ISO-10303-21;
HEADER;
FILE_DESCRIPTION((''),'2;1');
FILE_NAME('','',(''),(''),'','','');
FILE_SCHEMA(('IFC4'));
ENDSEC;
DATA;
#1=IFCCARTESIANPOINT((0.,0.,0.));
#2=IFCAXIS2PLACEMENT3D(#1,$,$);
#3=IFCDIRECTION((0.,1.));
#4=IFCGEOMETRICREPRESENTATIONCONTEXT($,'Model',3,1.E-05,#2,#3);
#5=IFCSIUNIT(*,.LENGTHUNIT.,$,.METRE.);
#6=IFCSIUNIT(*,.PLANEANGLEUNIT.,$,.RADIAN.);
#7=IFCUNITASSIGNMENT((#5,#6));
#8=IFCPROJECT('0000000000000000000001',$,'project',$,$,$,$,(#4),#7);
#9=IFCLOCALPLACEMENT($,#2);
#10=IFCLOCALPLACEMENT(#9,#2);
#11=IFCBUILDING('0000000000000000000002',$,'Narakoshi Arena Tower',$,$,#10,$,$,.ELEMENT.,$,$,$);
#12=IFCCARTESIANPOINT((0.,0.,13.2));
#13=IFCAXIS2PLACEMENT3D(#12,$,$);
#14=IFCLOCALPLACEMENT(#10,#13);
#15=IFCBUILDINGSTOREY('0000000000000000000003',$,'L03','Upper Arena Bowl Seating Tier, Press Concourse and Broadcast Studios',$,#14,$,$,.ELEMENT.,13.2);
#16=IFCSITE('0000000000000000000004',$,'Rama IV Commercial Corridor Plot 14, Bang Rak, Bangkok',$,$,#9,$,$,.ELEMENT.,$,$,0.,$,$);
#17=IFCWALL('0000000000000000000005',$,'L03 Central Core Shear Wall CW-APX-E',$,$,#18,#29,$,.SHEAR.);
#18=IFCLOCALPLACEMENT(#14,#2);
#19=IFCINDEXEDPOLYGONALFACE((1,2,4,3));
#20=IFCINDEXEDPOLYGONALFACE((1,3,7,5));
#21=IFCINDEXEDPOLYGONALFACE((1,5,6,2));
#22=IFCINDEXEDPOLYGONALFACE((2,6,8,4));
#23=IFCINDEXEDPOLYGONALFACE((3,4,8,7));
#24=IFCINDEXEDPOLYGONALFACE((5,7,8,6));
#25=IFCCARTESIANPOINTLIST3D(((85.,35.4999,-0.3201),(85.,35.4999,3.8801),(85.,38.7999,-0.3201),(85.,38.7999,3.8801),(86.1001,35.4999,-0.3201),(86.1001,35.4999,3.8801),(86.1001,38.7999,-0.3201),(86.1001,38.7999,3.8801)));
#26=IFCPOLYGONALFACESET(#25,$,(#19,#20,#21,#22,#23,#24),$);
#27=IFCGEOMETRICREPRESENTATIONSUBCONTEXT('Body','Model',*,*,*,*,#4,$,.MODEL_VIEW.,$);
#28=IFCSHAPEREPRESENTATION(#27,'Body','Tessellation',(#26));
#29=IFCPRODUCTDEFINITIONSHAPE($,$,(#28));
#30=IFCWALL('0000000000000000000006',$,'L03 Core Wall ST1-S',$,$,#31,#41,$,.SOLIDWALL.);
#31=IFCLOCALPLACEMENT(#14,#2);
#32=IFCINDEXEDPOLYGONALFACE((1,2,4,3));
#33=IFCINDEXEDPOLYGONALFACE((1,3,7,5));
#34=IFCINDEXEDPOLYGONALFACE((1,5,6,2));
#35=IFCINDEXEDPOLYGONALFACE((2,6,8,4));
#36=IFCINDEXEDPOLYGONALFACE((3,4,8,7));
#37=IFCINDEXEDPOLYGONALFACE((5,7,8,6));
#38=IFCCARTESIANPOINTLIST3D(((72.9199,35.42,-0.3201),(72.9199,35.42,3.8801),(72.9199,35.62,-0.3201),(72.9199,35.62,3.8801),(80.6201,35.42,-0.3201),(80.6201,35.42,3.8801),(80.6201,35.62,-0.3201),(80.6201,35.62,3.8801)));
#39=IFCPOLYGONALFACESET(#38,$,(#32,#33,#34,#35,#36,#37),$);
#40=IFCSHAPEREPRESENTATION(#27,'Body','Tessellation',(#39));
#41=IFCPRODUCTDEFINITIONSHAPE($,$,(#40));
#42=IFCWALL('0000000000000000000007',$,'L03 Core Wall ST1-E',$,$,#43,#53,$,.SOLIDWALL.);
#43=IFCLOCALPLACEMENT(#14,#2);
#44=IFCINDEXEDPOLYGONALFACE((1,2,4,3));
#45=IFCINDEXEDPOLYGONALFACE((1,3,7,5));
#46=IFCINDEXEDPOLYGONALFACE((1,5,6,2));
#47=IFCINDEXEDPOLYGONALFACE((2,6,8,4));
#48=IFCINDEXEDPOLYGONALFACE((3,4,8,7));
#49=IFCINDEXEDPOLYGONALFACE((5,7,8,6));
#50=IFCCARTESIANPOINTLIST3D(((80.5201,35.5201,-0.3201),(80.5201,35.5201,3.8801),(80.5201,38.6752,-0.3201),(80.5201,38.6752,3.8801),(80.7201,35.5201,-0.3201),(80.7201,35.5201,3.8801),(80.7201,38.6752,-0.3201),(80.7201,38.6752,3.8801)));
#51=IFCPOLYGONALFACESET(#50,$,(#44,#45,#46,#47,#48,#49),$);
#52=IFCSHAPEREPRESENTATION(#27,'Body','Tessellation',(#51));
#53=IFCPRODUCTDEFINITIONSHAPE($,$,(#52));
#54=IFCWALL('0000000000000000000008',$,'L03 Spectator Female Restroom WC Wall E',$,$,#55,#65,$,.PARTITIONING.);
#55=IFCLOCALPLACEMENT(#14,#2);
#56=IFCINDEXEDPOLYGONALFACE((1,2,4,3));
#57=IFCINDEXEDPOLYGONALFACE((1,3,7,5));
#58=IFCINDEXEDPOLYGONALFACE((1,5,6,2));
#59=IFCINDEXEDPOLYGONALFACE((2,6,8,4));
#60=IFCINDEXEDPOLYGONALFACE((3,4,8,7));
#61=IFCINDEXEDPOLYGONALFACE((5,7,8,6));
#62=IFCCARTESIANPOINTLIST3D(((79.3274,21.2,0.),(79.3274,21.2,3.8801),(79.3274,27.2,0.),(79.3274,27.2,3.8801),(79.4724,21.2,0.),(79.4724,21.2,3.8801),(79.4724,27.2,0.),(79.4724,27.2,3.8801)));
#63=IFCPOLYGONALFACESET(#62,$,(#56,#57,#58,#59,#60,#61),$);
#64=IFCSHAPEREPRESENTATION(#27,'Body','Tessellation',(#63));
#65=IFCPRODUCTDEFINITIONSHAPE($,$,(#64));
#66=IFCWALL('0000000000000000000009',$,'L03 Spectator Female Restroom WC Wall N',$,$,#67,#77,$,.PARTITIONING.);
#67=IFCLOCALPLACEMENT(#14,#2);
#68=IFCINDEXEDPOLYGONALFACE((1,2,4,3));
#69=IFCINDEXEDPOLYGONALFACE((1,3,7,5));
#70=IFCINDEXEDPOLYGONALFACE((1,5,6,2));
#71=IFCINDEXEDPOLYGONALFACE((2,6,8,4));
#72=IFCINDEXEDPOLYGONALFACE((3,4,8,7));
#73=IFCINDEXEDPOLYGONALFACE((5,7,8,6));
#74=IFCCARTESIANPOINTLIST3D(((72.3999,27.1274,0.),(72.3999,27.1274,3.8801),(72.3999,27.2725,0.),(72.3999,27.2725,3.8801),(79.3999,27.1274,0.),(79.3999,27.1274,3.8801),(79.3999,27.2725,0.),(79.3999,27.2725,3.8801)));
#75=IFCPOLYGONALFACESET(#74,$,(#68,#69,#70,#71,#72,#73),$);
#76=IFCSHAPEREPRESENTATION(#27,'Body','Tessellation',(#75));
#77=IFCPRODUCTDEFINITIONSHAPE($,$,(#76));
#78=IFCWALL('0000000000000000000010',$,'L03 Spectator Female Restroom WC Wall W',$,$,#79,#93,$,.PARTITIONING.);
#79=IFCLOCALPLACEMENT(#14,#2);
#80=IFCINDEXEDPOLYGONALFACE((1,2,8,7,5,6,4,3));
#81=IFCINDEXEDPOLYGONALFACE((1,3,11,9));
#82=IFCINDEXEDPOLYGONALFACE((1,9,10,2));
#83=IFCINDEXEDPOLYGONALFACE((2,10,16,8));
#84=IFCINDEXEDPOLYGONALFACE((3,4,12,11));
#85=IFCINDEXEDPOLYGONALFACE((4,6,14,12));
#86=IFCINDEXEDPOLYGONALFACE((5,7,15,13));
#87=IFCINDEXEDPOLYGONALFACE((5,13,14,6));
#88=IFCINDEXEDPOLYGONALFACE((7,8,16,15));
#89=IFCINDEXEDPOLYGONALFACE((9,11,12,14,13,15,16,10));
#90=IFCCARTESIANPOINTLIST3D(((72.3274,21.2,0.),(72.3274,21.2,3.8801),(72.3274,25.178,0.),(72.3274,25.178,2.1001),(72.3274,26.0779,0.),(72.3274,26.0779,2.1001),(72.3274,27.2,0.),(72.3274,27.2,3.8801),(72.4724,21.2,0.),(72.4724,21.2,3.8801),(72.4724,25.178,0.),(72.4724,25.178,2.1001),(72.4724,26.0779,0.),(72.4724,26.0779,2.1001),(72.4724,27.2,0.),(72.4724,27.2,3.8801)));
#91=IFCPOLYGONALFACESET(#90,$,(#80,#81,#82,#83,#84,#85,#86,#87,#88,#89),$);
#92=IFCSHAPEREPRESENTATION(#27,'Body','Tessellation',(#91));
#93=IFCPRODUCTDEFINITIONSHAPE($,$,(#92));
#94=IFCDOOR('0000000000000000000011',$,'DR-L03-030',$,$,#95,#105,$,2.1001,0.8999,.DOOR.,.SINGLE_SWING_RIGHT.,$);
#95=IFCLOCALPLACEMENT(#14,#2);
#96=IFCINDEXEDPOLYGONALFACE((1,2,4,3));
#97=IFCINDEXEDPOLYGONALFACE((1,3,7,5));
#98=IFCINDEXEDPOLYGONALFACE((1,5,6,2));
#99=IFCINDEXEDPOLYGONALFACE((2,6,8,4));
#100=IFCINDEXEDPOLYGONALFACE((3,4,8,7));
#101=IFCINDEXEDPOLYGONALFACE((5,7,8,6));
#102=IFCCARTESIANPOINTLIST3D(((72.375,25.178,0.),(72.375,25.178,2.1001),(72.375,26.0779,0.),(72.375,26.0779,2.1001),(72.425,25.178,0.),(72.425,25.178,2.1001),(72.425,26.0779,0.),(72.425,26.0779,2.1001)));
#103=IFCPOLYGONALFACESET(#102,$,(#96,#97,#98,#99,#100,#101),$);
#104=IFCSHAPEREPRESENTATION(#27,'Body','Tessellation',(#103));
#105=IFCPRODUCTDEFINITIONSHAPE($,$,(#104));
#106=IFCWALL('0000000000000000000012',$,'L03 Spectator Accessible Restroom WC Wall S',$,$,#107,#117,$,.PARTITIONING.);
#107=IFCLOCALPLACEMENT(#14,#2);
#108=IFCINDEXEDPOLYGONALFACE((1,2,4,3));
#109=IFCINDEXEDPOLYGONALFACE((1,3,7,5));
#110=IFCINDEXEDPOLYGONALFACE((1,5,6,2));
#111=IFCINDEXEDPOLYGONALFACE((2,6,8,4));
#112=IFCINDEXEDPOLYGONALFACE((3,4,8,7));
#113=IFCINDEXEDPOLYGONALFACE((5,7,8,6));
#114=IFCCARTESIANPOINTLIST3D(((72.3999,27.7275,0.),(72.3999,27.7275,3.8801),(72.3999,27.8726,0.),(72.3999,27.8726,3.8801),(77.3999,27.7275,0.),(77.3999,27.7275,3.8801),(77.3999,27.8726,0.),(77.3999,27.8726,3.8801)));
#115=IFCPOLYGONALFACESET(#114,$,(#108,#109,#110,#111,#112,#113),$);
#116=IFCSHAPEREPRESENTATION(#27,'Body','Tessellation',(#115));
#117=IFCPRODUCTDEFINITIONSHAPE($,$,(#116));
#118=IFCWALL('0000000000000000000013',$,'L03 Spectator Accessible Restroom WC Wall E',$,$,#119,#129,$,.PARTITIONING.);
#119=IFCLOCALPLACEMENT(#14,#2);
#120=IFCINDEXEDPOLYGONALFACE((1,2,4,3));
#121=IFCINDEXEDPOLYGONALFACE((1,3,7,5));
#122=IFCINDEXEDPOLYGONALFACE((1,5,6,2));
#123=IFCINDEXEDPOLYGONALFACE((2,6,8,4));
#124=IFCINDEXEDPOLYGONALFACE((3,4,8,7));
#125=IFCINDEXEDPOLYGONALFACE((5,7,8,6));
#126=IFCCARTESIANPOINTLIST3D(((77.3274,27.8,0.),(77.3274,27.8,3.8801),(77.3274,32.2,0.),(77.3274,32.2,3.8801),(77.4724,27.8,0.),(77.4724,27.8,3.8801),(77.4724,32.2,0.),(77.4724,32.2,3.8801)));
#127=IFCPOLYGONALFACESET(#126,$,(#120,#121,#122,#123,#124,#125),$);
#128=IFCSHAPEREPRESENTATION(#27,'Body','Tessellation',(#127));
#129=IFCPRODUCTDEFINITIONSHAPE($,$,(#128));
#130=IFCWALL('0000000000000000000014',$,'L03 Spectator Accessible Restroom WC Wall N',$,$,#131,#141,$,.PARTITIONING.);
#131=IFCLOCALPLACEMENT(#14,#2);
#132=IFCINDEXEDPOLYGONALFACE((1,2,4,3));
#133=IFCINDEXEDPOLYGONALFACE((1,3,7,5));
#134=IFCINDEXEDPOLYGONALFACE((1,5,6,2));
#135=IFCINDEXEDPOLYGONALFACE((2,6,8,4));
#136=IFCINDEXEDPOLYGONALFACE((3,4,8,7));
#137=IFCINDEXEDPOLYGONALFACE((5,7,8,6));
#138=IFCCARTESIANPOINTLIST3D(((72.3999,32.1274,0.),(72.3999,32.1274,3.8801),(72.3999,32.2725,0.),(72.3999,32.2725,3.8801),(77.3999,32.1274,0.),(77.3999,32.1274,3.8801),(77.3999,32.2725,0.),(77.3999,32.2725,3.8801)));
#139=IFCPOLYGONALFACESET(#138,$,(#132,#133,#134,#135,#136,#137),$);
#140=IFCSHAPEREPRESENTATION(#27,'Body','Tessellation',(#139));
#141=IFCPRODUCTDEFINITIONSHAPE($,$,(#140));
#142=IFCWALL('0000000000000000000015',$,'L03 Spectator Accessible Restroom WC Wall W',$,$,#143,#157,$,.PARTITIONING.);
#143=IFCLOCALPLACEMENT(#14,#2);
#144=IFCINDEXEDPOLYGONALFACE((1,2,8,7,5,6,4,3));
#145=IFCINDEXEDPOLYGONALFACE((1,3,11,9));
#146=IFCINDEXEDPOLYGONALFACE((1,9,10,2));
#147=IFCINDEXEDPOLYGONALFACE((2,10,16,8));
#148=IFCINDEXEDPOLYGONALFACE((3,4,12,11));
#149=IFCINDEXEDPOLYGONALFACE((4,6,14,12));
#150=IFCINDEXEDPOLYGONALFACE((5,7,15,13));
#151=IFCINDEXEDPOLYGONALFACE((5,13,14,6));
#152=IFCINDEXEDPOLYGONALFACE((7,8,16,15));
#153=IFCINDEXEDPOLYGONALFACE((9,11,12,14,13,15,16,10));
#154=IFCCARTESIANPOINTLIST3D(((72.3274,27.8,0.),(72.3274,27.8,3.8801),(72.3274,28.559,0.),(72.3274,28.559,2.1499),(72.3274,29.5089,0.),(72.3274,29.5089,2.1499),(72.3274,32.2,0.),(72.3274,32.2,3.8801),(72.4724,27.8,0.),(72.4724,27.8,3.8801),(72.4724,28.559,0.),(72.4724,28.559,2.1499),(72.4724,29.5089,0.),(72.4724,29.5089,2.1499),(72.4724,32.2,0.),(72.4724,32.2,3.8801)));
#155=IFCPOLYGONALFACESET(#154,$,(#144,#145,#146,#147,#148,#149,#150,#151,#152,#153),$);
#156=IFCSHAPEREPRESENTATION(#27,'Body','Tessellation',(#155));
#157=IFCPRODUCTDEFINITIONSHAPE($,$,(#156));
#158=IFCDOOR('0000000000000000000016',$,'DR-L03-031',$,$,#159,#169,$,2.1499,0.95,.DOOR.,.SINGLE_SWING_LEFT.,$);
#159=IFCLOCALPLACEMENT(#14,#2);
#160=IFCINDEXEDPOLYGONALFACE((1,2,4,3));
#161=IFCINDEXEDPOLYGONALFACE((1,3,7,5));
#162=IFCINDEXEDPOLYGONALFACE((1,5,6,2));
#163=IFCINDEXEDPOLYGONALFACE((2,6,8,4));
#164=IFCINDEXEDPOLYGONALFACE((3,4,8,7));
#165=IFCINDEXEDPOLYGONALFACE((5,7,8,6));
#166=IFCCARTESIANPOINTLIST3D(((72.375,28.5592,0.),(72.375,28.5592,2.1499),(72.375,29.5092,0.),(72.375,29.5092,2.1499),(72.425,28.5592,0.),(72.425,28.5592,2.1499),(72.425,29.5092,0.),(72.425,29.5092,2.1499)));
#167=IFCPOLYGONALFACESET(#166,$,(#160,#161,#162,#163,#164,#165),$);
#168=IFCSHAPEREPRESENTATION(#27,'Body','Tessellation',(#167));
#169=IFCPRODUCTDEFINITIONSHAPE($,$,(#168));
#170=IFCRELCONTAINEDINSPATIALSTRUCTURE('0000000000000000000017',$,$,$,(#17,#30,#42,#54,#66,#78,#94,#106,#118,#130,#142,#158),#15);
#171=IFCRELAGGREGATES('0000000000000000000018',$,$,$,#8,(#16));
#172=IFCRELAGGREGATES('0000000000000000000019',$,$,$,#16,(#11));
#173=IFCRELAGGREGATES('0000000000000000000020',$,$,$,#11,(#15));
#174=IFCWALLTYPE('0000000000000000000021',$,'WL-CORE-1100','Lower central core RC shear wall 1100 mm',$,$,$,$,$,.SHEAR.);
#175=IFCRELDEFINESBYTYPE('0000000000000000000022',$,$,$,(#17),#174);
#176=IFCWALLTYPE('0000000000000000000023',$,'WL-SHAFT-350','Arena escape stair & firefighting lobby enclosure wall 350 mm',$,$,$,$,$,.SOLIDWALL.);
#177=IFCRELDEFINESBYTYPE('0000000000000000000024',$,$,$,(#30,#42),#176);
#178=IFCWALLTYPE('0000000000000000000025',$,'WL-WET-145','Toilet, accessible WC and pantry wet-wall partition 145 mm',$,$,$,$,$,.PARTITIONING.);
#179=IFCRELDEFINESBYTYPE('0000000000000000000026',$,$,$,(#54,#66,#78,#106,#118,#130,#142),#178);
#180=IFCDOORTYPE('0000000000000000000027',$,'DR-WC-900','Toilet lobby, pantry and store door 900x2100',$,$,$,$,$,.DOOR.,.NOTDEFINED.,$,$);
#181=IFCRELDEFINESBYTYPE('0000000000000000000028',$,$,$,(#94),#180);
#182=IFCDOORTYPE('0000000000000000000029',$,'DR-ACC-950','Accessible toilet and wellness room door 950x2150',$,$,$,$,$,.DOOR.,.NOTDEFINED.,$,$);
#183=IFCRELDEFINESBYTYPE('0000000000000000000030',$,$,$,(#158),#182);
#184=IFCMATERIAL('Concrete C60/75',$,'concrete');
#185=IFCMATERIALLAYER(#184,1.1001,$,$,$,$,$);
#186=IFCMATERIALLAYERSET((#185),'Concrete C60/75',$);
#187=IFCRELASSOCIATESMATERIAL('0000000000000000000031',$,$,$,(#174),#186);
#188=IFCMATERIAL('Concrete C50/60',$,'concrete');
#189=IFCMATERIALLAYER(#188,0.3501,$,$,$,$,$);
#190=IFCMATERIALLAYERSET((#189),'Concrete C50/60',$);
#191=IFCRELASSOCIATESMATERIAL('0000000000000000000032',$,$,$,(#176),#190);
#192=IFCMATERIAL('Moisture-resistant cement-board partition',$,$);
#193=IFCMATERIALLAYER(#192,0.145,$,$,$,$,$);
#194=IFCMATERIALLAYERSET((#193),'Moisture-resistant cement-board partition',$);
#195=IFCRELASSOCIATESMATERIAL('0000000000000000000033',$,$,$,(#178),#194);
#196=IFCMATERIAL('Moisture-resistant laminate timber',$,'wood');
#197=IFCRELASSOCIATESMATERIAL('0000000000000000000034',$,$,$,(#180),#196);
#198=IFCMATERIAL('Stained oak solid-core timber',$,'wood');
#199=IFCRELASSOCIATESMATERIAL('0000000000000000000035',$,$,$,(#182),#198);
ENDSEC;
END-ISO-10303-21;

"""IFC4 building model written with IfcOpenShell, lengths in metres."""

from ifc_helpers import new_model, si_unit, direction, frame, frame_2d, origin, place, context, subcontext, project, spatial, rectangle, extrude, material, layer, layer_set, type_object, element, fill, save


model = new_model("IFC4")

# Units and contexts
model_context = context("Model", 3, precision=1e-05, world=origin(), true_north=direction((0.0, 1.0)))
body_context = subcontext(model_context, "Body", "Model", "MODEL_VIEW")
ifc_project = project(units=[si_unit("LENGTHUNIT", "METRE"), si_unit("PLANEANGLEUNIT", "RADIAN")], contexts=[model_context])

# Site, building, storey
site_placement = place(None, origin())
site = spatial("IfcSite", under=ifc_project, at=site_placement, Name="Rama IV Commercial Corridor Plot 14, Bang Rak, Bangkok", CompositionType="ELEMENT", RefElevation=0.0)
building_placement = place(site_placement, origin())
building = spatial("IfcBuilding", under=site, at=building_placement, Name="Narakoshi Arena Tower", CompositionType="ELEMENT")
storey_placement = place(building_placement, frame((0.0, 0.0, 13.2)))
storey = spatial("IfcBuildingStorey", under=building, at=storey_placement, Name="L03", Description="Upper Arena Bowl Seating Tier, Press Concourse and Broadcast Studios", CompositionType="ELEMENT", Elevation=13.2)

# Shared definitions
ifc_material_1 = material(Name="Concrete C60/75", Category="concrete")

# Shared definitions
ifc_layer_1 = layer(ifc_material_1, 1.1001)
ifc_layer_set_1 = layer_set([ifc_layer_1], Name="Concrete C60/75")
wall_type_1 = type_object("IfcWallType", Name="WL-CORE-1100", Description="Lower central core RC shear wall 1100 mm", PredefinedType="SHEAR", material=ifc_layer_set_1)

# Walls
wall_1_placement = place(storey_placement, frame((85.55, 35.5, -0.3201), z_axis=(0.0, 0.0, 1.0), x_axis=(0.0, 1.0, 0.0)))
element("IfcWall", 1, at=wall_1_placement, inside=storey, type_object=wall_type_1, Name="L03 Central Core Shear Wall CW-APX-E", PredefinedType="SHEAR", context=body_context, shape_type="SweptSolid", body=[
    extrude(rectangle(XDim=3.3, YDim=1.1001, at=frame_2d((1.6499, 0.0))), origin(), (0.0, 0.0, 1.0), 4.2002),
])
ifc_material_2 = material(Name="Concrete C50/60", Category="concrete")
ifc_layer_2 = layer(ifc_material_2, 0.3501)
ifc_layer_set_2 = layer_set([ifc_layer_2], Name="Concrete C50/60")
wall_type_2 = type_object("IfcWallType", Name="WL-SHAFT-350", Description="Arena escape stair & firefighting lobby enclosure wall 350 mm", PredefinedType="SOLIDWALL", material=ifc_layer_set_2)
wall_2_placement = place(storey_placement, frame((72.9199, 35.52, -0.3201), z_axis=(0.0, 0.0, 1.0), x_axis=(1.0, 0.0, 0.0)))
element("IfcWall", 2, at=wall_2_placement, inside=storey, type_object=wall_type_2, Name="L03 Core Wall ST1-S", PredefinedType="SOLIDWALL", context=body_context, shape_type="SweptSolid", body=[
    extrude(rectangle(XDim=7.7002, YDim=0.2, at=frame_2d((3.8501, 0.0))), origin(), (0.0, 0.0, 1.0), 4.2002),
])
wall_3_placement = place(storey_placement, frame((80.6201, 35.52, -0.3201), z_axis=(0.0, 0.0, 1.0), x_axis=(0.0, 1.0, 0.0)))
element("IfcWall", 3, at=wall_3_placement, inside=storey, type_object=wall_type_2, Name="L03 Core Wall ST1-E", PredefinedType="SOLIDWALL", context=body_context, shape_type="SweptSolid", body=[
    extrude(rectangle(XDim=3.155, YDim=0.2, at=frame_2d((1.5776, 0.0))), origin(), (0.0, 0.0, 1.0), 4.2002),
])
ifc_material_3 = material(Name="Moisture-resistant cement-board partition")
ifc_layer_3 = layer(ifc_material_3, 0.145)
ifc_layer_set_3 = layer_set([ifc_layer_3], Name="Moisture-resistant cement-board partition")
wall_type_3 = type_object("IfcWallType", Name="WL-WET-145", Description="Toilet, accessible WC and pantry wet-wall partition 145 mm", PredefinedType="PARTITIONING", material=ifc_layer_set_3)
wall_4_placement = place(storey_placement, frame((79.3999, 21.2, 0.0), z_axis=(0.0, 0.0, 1.0), x_axis=(0.0, 1.0, 0.0)))
element("IfcWall", 4, at=wall_4_placement, inside=storey, type_object=wall_type_3, Name="L03 Spectator Female Restroom WC Wall E", PredefinedType="PARTITIONING", context=body_context, shape_type="SweptSolid", body=[
    extrude(rectangle(XDim=6.0, YDim=0.145, at=frame_2d((3.0, 0.0))), origin(), (0.0, 0.0, 1.0), 3.8801),
])
wall_5_placement = place(storey_placement, frame((79.3999, 27.2, 0.0), z_axis=(0.0, 0.0, 1.0), x_axis=(-1.0, 0.0, 0.0)))
element("IfcWall", 5, at=wall_5_placement, inside=storey, type_object=wall_type_3, Name="L03 Spectator Female Restroom WC Wall N", PredefinedType="PARTITIONING", context=body_context, shape_type="SweptSolid", body=[
    extrude(rectangle(XDim=7.0, YDim=0.145, at=frame_2d((3.5, 0.0))), origin(), (0.0, 0.0, 1.0), 3.8801),
])

# Wall, opening, door
wall_6_placement = place(storey_placement, frame((72.3999, 27.2, 0.0), z_axis=(0.0, 0.0, 1.0), x_axis=(0.0, -1.0, 0.0)))
wall_6 = element("IfcWall", 6, at=wall_6_placement, inside=storey, type_object=wall_type_3, Name="L03 Spectator Female Restroom WC Wall W", PredefinedType="PARTITIONING", context=body_context, shape_type="SweptSolid", body=[
    extrude(rectangle(XDim=6.0, YDim=0.145, at=frame_2d((3.0, 0.0))), origin(), (0.0, 0.0, 1.0), 3.8801),
])
opening_1_placement = place(wall_6_placement, frame((1.1221, 0.0, 0.0)))
opening_1 = element("IfcOpeningElement", 7, at=opening_1_placement, cuts=wall_6, PredefinedType="OPENING", context=body_context, shape_type="SweptSolid", body=[
    extrude(rectangle(XDim=0.8999, YDim=2.1001, at=frame_2d((0.45, 1.05))), frame((0.0, 0.0825, 0.0), z_axis=(0.0, -1.0, 0.0), x_axis=(1.0, 0.0, 0.0)), (0.0, 0.0, 1.0), 0.165),
])
ifc_material_4 = material(Name="Moisture-resistant laminate timber", Category="wood")
door_type_1 = type_object("IfcDoorType", Name="DR-WC-900", Description="Toilet lobby, pantry and store door 900x2100", OperationType="NOTDEFINED", PredefinedType="DOOR", material=ifc_material_4)
door_1_placement = place(opening_1_placement, frame((0.8999, 0.0, 0.0), z_axis=(0.0, 0.0, 1.0), x_axis=(-1.0, 0.0, 0.0)))
door_1 = element("IfcDoor", 8, at=door_1_placement, inside=storey, type_object=door_type_1, Name="DR-L03-030", OperationType="SINGLE_SWING_RIGHT", OverallHeight=2.1001, OverallWidth=0.8999, PredefinedType="DOOR", context=body_context, shape_type="SweptSolid", body=[
    extrude(rectangle(XDim=0.8999, YDim=2.1001, at=frame_2d((0.45, 1.05))), frame((0.0, 0.0249, 0.0), z_axis=(0.0, -1.0, 0.0), x_axis=(1.0, 0.0, 0.0)), (0.0, 0.0, 1.0), 0.05),
])
fill(opening_1, door_1)

# Walls
wall_7_placement = place(storey_placement, frame((72.3999, 27.8, 0.0), z_axis=(0.0, 0.0, 1.0), x_axis=(1.0, 0.0, 0.0)))
element("IfcWall", 9, at=wall_7_placement, inside=storey, type_object=wall_type_3, Name="L03 Spectator Accessible Restroom WC Wall S", PredefinedType="PARTITIONING", context=body_context, shape_type="SweptSolid", body=[
    extrude(rectangle(XDim=5.0, YDim=0.145, at=frame_2d((2.5, 0.0))), origin(), (0.0, 0.0, 1.0), 3.8801),
])
wall_8_placement = place(storey_placement, frame((77.3999, 27.8, 0.0), z_axis=(0.0, 0.0, 1.0), x_axis=(0.0, 1.0, 0.0)))
element("IfcWall", 10, at=wall_8_placement, inside=storey, type_object=wall_type_3, Name="L03 Spectator Accessible Restroom WC Wall E", PredefinedType="PARTITIONING", context=body_context, shape_type="SweptSolid", body=[
    extrude(rectangle(XDim=4.3999, YDim=0.145, at=frame_2d((2.2, 0.0))), origin(), (0.0, 0.0, 1.0), 3.8801),
])
wall_9_placement = place(storey_placement, frame((77.3999, 32.2, 0.0), z_axis=(0.0, 0.0, 1.0), x_axis=(-1.0, 0.0, 0.0)))
element("IfcWall", 11, at=wall_9_placement, inside=storey, type_object=wall_type_3, Name="L03 Spectator Accessible Restroom WC Wall N", PredefinedType="PARTITIONING", context=body_context, shape_type="SweptSolid", body=[
    extrude(rectangle(XDim=5.0, YDim=0.145, at=frame_2d((2.5, 0.0))), origin(), (0.0, 0.0, 1.0), 3.8801),
])

# Wall, opening, door
wall_10_placement = place(storey_placement, frame((72.3999, 32.2, 0.0), z_axis=(0.0, 0.0, 1.0), x_axis=(0.0, -1.0, 0.0)))
wall_10 = element("IfcWall", 12, at=wall_10_placement, inside=storey, type_object=wall_type_3, Name="L03 Spectator Accessible Restroom WC Wall W", PredefinedType="PARTITIONING", context=body_context, shape_type="SweptSolid", body=[
    extrude(rectangle(XDim=4.3999, YDim=0.145, at=frame_2d((2.2, 0.0))), origin(), (0.0, 0.0, 1.0), 3.8801),
])
opening_2_placement = place(wall_10_placement, frame((2.6909, 0.0, 0.0)))
opening_2 = element("IfcOpeningElement", 13, at=opening_2_placement, cuts=wall_10, PredefinedType="OPENING", context=body_context, shape_type="SweptSolid", body=[
    extrude(rectangle(XDim=0.95, YDim=2.1499, at=frame_2d((0.4751, 1.075))), frame((0.0, 0.0825, 0.0), z_axis=(0.0, -1.0, 0.0), x_axis=(1.0, 0.0, 0.0)), (0.0, 0.0, 1.0), 0.165),
])
ifc_material_5 = material(Name="Stained oak solid-core timber", Category="wood")
door_type_2 = type_object("IfcDoorType", Name="DR-ACC-950", Description="Accessible toilet and wellness room door 950x2150", OperationType="NOTDEFINED", PredefinedType="DOOR", material=ifc_material_5)
door_2_placement = place(opening_2_placement, frame((0.95, 0.0, 0.0), z_axis=(0.0, 0.0, 1.0), x_axis=(-1.0, 0.0, 0.0)))
door_2 = element("IfcDoor", 14, at=door_2_placement, inside=storey, type_object=door_type_2, Name="DR-L03-031", OperationType="SINGLE_SWING_LEFT", OverallHeight=2.1499, OverallWidth=0.95, PredefinedType="DOOR", context=body_context, shape_type="SweptSolid", body=[
    extrude(rectangle(XDim=0.95, YDim=2.1499, at=frame_2d((0.4751, 1.075))), frame((0.0, 0.0249, 0.0), z_axis=(0.0, -1.0, 0.0), x_axis=(1.0, 0.0, 0.0)), (0.0, 0.0, 1.0), 0.05),
])
fill(opening_2, door_2)

save(model, "model.ifc")
